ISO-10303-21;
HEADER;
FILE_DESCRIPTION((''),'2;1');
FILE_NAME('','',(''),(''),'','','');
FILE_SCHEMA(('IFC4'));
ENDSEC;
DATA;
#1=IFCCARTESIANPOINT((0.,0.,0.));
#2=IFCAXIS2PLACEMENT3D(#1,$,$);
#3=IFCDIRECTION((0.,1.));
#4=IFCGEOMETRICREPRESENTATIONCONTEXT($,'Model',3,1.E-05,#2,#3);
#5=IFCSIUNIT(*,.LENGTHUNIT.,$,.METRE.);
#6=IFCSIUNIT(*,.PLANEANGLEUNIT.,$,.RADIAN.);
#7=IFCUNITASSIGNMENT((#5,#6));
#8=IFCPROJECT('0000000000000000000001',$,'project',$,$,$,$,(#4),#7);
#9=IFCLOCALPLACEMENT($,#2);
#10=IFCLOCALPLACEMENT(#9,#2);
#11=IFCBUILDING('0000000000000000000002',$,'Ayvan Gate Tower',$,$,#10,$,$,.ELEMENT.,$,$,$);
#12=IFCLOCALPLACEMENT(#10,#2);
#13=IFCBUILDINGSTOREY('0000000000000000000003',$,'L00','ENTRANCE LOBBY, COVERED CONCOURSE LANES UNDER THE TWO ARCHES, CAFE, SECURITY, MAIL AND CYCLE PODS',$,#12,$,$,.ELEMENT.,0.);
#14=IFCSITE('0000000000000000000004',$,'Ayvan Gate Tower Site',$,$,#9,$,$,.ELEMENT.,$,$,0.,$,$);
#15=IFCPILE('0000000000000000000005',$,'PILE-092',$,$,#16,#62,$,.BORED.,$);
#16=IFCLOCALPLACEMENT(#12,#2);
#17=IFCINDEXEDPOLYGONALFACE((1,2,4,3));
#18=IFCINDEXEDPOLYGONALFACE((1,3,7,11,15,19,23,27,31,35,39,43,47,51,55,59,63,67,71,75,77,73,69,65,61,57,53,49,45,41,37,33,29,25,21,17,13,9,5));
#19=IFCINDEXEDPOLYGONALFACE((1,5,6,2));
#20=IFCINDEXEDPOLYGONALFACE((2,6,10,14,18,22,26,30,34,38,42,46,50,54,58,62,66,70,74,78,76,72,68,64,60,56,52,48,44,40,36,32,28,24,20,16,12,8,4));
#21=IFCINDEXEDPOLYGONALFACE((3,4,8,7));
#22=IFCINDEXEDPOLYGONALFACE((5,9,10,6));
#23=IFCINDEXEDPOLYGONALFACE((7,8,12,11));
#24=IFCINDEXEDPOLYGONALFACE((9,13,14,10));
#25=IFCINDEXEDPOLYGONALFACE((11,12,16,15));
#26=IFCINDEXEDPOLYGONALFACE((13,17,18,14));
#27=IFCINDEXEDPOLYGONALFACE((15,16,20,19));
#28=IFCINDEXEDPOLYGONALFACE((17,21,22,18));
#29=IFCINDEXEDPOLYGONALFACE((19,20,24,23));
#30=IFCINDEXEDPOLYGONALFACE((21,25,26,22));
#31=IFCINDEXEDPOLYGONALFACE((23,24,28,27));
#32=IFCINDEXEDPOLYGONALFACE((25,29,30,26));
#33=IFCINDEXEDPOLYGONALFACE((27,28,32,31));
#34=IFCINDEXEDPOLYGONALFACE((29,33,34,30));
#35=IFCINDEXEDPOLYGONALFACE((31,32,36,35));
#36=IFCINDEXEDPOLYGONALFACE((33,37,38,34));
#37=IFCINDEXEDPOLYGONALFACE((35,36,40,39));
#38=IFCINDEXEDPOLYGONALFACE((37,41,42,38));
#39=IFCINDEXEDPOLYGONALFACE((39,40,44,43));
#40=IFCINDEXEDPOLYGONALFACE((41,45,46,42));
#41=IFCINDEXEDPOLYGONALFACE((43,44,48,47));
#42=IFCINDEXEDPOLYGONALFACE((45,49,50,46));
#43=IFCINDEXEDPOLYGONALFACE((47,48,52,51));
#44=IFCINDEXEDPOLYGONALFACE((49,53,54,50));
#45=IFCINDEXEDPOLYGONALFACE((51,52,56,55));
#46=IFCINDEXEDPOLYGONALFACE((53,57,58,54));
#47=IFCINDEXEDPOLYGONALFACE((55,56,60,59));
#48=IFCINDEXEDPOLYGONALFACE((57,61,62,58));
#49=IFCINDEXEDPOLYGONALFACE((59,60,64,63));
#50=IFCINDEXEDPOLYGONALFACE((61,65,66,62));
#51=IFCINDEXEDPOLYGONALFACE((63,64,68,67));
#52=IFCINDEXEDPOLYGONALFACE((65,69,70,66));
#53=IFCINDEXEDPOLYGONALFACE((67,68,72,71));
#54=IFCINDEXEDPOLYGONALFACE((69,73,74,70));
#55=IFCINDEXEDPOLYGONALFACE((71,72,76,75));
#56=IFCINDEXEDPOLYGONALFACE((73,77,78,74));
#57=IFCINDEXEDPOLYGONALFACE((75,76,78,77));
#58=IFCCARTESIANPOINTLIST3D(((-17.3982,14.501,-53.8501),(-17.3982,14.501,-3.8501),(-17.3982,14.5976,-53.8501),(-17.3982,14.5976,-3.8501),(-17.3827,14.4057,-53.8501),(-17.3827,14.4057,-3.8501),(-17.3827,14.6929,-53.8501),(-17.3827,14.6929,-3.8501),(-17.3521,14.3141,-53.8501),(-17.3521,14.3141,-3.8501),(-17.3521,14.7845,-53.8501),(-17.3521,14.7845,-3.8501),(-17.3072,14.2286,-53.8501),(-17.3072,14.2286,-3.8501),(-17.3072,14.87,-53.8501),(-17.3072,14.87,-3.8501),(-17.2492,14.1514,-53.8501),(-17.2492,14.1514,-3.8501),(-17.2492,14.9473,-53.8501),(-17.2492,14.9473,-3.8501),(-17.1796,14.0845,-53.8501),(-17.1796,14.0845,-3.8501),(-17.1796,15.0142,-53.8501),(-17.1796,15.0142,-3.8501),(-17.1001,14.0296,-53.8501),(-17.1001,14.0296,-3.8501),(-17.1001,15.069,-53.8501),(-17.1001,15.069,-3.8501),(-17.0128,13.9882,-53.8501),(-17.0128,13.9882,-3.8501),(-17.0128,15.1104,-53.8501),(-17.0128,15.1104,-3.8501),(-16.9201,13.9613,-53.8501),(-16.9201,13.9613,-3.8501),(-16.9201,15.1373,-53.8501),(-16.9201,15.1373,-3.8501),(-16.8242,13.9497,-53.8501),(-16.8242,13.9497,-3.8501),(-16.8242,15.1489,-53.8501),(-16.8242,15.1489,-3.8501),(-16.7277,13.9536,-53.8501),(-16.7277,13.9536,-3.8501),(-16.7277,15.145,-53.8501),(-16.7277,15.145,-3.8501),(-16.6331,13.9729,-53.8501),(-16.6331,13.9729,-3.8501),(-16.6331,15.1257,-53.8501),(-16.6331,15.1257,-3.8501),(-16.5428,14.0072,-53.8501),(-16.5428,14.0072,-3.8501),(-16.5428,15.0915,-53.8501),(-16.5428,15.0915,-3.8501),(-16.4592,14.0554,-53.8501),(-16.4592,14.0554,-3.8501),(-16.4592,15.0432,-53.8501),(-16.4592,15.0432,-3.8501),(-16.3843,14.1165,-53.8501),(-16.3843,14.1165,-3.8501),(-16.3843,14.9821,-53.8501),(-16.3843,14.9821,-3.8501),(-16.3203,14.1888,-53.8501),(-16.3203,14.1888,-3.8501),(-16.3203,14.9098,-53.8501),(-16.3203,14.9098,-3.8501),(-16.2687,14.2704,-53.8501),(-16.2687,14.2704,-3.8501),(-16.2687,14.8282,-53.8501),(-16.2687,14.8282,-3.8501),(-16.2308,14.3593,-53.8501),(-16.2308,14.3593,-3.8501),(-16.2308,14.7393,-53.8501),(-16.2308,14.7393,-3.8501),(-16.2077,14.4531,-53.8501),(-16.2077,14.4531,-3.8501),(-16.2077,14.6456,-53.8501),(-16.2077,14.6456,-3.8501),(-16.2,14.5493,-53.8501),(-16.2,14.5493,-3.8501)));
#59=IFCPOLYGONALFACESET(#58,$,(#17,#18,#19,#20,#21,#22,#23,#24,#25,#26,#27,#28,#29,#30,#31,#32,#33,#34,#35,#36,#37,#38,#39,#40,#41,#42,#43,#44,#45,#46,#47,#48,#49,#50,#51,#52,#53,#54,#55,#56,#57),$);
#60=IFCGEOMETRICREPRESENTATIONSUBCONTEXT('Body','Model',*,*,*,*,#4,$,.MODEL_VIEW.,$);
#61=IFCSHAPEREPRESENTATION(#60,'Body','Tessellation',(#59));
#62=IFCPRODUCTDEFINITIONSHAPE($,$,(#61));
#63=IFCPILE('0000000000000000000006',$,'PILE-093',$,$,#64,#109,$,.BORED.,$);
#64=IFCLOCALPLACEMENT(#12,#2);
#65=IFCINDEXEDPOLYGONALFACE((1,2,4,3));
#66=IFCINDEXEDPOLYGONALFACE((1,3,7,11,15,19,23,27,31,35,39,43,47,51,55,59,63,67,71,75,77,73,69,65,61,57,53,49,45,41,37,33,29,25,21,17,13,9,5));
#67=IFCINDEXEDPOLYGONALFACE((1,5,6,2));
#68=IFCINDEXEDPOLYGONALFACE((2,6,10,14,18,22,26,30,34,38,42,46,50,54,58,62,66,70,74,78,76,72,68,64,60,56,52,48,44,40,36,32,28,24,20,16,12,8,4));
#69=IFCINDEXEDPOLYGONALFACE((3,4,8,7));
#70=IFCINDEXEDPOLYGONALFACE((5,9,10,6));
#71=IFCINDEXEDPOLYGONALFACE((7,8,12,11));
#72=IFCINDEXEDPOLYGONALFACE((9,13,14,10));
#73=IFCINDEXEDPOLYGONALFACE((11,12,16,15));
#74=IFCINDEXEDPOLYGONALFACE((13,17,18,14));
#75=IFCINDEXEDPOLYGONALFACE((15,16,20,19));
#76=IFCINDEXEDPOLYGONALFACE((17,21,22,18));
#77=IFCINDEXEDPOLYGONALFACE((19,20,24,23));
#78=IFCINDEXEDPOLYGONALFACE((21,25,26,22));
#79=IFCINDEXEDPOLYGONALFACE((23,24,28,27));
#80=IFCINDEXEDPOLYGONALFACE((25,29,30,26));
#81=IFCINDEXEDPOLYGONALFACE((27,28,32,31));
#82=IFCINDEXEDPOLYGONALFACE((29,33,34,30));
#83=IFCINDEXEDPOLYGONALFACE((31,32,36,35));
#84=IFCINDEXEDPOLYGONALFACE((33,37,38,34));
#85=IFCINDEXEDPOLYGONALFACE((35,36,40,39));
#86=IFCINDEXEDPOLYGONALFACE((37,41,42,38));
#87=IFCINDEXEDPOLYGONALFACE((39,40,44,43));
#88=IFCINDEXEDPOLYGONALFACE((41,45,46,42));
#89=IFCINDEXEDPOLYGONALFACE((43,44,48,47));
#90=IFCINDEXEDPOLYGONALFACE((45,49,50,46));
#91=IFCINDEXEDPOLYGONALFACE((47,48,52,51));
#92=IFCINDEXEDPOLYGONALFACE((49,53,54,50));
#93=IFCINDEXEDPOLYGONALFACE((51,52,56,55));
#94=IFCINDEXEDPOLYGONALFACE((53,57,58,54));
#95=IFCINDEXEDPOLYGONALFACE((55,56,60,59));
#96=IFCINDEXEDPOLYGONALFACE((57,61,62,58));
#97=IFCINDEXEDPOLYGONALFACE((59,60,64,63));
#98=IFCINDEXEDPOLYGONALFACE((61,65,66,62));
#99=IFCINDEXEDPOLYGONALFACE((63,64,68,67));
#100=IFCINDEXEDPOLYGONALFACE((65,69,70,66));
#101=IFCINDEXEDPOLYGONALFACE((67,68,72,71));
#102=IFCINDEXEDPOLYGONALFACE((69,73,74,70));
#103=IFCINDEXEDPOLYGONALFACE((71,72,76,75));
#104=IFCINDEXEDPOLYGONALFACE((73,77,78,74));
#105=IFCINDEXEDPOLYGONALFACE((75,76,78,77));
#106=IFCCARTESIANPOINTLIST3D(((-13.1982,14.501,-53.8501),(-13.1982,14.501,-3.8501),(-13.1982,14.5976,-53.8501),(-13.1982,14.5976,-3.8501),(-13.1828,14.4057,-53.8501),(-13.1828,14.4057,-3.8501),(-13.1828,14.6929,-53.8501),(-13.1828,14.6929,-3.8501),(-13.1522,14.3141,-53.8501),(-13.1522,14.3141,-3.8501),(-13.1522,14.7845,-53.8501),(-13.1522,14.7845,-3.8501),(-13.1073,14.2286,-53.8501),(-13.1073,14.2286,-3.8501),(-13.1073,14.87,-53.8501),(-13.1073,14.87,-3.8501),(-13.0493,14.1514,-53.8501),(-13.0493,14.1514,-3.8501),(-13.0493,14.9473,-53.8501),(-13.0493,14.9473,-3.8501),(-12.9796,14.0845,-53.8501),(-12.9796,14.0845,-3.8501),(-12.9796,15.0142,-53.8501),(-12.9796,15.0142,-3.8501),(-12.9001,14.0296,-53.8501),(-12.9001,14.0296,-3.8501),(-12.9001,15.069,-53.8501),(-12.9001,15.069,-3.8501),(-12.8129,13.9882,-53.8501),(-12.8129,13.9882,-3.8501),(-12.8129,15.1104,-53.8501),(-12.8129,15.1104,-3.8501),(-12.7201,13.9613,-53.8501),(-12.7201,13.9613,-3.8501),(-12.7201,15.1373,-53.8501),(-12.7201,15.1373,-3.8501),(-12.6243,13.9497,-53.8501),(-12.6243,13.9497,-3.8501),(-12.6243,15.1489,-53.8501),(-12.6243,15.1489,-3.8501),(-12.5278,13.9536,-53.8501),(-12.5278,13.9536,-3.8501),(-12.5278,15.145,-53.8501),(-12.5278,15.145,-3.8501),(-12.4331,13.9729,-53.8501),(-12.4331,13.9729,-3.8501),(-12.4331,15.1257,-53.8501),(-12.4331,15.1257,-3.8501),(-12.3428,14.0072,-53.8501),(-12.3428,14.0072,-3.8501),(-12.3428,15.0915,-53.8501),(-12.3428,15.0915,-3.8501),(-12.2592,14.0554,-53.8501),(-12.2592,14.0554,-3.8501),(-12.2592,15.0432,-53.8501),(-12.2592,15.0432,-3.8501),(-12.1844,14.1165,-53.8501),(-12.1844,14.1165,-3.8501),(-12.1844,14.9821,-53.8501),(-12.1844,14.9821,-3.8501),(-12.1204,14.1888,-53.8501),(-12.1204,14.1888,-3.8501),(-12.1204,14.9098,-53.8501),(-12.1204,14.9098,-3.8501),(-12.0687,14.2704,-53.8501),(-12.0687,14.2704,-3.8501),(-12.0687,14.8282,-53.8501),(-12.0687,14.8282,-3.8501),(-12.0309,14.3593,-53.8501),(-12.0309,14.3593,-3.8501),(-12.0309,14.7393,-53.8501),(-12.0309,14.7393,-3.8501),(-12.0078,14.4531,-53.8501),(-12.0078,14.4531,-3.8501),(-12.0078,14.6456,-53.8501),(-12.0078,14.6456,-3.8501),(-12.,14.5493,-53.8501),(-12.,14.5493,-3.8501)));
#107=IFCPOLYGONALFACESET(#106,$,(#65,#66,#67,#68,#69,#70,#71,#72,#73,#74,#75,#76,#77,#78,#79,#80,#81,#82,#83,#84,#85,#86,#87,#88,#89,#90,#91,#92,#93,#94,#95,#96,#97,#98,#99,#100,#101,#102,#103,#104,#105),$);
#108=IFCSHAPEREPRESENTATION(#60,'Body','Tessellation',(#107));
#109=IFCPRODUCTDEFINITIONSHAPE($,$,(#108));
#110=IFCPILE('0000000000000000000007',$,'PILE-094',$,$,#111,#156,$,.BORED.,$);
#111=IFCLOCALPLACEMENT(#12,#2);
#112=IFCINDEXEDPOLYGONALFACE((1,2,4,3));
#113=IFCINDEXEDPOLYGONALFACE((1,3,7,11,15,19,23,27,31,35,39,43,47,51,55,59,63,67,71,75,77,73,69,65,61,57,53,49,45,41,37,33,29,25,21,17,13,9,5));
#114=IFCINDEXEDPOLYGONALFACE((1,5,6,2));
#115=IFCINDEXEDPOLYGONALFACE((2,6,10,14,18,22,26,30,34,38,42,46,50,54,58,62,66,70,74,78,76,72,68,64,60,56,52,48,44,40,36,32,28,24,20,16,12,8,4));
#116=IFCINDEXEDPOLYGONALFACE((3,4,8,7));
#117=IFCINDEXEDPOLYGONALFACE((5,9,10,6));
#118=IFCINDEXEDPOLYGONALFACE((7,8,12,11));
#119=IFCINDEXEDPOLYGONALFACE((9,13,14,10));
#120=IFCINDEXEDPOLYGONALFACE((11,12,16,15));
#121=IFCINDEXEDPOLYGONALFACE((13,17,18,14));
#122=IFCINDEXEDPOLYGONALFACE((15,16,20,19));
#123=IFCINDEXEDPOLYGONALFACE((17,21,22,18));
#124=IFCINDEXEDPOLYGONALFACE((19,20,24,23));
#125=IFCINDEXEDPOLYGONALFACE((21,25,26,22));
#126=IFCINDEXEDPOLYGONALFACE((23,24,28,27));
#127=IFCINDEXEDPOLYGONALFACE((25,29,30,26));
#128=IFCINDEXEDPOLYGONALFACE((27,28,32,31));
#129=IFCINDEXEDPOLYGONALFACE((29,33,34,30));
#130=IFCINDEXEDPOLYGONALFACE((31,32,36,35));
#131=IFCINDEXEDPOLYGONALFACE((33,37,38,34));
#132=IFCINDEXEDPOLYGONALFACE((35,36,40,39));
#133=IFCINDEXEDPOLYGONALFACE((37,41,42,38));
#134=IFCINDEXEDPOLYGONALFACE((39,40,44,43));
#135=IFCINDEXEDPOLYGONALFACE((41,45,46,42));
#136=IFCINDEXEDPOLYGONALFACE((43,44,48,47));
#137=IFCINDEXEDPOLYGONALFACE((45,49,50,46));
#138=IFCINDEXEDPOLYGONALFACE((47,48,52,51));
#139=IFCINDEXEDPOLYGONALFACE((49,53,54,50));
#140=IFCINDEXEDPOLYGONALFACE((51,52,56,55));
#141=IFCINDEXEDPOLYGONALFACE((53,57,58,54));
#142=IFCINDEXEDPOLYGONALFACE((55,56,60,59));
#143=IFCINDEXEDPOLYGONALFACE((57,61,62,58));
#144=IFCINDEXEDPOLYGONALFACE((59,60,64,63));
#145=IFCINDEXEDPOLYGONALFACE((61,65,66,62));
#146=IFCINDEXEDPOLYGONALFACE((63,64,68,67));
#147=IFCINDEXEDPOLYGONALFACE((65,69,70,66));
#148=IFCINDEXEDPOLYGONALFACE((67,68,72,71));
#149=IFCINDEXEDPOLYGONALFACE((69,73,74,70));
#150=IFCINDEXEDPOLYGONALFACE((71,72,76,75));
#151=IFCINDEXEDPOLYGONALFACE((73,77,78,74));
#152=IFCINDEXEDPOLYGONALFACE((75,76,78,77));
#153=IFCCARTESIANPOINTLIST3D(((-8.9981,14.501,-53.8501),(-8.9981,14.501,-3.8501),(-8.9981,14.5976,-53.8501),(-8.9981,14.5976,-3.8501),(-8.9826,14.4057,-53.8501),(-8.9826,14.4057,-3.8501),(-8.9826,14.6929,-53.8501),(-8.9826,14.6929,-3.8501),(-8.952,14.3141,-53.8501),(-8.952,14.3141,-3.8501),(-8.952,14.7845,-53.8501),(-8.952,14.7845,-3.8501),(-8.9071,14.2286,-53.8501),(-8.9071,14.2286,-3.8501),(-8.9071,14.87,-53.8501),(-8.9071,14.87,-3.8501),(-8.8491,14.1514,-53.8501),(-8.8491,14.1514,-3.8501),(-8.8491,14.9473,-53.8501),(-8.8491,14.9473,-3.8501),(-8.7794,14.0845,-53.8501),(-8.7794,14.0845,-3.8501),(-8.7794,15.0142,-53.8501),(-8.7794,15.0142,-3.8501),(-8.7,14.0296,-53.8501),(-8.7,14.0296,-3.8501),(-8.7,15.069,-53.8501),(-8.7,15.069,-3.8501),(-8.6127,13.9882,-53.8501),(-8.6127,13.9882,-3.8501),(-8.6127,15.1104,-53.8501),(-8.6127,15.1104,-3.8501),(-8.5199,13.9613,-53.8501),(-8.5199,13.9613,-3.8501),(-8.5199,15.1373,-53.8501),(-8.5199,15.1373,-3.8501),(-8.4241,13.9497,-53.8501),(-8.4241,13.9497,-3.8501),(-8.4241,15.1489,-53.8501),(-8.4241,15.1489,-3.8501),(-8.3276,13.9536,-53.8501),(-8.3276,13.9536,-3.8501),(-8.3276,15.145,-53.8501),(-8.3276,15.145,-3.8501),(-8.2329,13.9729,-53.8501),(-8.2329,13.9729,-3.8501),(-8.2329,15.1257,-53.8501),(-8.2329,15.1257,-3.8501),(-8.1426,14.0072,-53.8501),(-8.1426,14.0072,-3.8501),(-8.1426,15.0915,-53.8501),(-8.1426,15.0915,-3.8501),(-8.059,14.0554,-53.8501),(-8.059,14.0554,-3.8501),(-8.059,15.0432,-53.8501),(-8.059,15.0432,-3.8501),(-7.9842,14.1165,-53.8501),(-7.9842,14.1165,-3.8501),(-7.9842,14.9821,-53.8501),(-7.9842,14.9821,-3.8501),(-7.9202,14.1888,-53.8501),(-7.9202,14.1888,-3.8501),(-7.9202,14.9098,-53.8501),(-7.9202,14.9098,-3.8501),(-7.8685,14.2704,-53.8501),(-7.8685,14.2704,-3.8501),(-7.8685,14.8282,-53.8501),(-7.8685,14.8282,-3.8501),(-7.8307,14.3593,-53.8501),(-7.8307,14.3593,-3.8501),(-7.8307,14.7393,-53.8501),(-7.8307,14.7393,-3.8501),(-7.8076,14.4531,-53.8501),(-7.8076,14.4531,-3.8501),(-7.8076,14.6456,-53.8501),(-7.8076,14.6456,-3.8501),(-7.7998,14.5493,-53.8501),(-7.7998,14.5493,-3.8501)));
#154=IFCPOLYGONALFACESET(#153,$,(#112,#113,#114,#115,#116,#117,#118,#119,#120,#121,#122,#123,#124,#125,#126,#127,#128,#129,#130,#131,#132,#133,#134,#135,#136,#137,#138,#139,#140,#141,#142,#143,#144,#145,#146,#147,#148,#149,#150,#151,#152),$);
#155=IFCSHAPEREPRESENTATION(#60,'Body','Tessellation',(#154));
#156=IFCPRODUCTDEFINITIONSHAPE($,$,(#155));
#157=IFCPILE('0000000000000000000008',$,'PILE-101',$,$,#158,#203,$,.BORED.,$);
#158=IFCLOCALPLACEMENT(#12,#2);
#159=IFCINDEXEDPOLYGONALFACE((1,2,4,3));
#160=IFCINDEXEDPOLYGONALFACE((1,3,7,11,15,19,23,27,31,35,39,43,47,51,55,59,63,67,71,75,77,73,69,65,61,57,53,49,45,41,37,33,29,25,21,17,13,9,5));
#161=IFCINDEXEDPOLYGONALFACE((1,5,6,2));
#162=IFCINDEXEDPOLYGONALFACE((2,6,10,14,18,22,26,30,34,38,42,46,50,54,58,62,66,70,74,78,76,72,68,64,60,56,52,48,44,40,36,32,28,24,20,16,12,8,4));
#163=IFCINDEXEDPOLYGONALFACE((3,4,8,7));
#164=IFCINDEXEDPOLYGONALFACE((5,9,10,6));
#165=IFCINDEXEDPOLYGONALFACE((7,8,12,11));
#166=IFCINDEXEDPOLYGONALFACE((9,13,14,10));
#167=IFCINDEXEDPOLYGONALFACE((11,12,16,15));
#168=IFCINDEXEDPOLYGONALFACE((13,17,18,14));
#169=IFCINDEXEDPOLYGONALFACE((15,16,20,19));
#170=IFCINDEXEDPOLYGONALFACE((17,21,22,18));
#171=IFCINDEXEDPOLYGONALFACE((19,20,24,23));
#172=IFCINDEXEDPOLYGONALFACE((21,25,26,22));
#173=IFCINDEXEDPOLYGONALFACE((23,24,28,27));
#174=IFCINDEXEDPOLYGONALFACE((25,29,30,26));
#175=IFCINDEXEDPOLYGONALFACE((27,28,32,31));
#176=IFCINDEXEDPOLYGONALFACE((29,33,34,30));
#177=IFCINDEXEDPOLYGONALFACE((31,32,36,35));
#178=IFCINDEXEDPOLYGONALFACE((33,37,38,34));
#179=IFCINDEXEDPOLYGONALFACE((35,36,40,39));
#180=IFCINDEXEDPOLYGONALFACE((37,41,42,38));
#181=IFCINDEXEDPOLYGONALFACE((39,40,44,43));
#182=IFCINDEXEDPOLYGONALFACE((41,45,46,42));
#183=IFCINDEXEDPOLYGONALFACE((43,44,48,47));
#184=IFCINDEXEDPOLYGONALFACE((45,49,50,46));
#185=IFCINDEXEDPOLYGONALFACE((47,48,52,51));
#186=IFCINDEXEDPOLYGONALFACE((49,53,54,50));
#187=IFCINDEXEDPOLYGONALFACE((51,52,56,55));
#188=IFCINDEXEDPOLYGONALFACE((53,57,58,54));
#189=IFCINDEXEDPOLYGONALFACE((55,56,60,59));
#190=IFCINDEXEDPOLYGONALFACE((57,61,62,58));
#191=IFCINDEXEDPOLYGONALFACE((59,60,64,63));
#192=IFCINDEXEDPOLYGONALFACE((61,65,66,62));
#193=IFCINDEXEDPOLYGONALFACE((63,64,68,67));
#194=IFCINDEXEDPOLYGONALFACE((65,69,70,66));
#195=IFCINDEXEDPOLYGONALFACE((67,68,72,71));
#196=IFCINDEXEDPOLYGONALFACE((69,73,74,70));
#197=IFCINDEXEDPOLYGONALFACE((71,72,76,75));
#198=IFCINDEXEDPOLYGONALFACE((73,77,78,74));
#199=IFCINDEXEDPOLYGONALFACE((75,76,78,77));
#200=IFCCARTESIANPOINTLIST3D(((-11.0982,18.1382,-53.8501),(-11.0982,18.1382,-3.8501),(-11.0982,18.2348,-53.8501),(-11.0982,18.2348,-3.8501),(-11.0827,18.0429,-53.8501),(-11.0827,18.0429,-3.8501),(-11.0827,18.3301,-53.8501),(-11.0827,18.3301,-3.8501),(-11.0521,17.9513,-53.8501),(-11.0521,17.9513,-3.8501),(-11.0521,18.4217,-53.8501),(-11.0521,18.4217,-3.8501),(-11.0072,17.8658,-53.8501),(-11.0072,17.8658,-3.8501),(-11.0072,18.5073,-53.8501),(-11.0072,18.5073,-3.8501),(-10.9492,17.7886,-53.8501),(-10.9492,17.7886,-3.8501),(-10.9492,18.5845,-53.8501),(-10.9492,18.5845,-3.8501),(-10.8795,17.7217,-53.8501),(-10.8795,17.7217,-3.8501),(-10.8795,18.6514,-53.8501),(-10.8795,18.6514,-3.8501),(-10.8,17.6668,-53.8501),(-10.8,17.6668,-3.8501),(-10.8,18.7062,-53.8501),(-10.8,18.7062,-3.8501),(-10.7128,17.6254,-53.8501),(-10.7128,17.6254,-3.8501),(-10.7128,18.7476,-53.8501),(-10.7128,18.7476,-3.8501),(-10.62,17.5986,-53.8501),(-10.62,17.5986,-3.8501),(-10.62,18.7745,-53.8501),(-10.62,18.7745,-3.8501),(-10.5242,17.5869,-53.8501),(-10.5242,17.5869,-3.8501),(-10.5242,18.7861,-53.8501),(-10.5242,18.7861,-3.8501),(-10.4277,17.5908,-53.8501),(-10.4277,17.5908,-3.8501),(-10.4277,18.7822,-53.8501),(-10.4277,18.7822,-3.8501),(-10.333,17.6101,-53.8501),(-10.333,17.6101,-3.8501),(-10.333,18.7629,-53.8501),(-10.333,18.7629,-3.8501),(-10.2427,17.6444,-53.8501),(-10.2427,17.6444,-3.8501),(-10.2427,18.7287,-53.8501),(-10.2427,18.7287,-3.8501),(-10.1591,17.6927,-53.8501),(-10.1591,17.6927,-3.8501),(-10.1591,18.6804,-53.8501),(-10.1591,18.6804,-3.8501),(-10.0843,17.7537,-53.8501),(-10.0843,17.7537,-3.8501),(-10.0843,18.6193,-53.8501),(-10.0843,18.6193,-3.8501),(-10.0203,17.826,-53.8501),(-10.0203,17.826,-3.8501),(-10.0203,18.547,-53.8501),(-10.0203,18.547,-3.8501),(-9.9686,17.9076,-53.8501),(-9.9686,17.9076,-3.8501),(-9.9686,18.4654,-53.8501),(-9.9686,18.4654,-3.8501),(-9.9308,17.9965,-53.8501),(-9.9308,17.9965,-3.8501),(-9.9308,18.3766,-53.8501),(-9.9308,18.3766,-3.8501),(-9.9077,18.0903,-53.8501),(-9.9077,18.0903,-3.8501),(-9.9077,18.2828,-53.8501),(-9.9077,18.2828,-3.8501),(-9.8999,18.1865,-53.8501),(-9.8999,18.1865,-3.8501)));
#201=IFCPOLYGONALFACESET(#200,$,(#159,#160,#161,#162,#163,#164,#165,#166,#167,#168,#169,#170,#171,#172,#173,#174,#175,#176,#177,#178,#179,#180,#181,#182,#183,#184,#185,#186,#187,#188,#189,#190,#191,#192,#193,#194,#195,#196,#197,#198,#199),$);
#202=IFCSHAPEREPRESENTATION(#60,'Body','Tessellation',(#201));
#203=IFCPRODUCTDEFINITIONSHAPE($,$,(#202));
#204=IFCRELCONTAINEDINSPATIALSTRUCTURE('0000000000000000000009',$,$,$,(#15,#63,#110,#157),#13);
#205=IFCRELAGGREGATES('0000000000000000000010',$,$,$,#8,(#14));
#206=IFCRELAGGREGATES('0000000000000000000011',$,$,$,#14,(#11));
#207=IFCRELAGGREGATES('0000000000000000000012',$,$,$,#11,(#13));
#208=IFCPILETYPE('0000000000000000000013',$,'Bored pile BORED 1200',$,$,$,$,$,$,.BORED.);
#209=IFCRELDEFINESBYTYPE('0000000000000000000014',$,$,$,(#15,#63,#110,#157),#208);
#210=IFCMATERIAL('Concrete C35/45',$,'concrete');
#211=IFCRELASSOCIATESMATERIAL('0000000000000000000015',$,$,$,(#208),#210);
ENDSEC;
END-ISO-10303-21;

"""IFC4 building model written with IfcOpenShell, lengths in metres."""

from ifc_helpers import new_model, si_unit, direction, frame, origin, origin_2d, place, context, subcontext, project, spatial, circle, extrude, material, material_profile, profile_set, type_object, element, save


model = new_model("IFC4")

# Units and contexts
model_context = context("Model", 3, precision=1e-05, world=origin(), true_north=direction((0.0, 1.0)))
body_context = subcontext(model_context, "Body", "Model", "MODEL_VIEW")
ifc_project = project(units=[si_unit("LENGTHUNIT", "METRE"), si_unit("PLANEANGLEUNIT", "RADIAN")], contexts=[model_context])

# Site, building, storey
site_placement = place(None, origin())
site = spatial("IfcSite", under=ifc_project, at=site_placement, Name="Ayvan Gate Tower Site", CompositionType="ELEMENT", RefElevation=0.0)
building_placement = place(site_placement, origin())
building = spatial("IfcBuilding", under=site, at=building_placement, Name="Ayvan Gate Tower", CompositionType="ELEMENT")
storey_placement = place(building_placement, origin())
storey = spatial("IfcBuildingStorey", under=building, at=storey_placement, Name="L00", Description="ENTRANCE LOBBY, COVERED CONCOURSE LANES UNDER THE TWO ARCHES, CAFE, SECURITY, MAIL AND CYCLE PODS", CompositionType="ELEMENT", Elevation=0.0)

# Piles
ifc_material_1 = material(Name="Concrete C35/45", Category="concrete")
ifc_material_profile_1 = material_profile(ifc_material_1, circle(Radius=0.6001, at=origin_2d()), Name="BORED 1200")
ifc_profile_set_1 = profile_set([ifc_material_profile_1], Name="Concrete C35/45")
pile_type = type_object("IfcPileType", Name="Bored pile BORED 1200", PredefinedType="BORED", material=ifc_profile_set_1)
for number, where, z_axis, x_axis, name in (
    (1, (-16.8, 14.5493, -3.8501), (0.0, 0.0, -1.0), (1.0, 0.0, 0.0), "PILE-092"),
    (2, (-12.6001, 14.5493, -3.8501), (0.0, 0.0, -1.0), (1.0, 0.0, 0.0), "PILE-093"),
    (3, (-8.3999, 14.5493, -3.8501), (0.0, 0.0, -1.0), (1.0, 0.0, 0.0), "PILE-094"),
    (4, (-10.5, 18.1865, -3.8501), (0.0, 0.0, -1.0), (1.0, 0.0, 0.0), "PILE-101"),
):
    element("IfcPile", number, at=place(storey_placement, frame(where, z_axis=z_axis, x_axis=x_axis)), inside=storey, type_object=pile_type, Name=name, PredefinedType="BORED", context=body_context, shape_type="SweptSolid", body=[
        extrude(circle(Radius=0.6001, at=origin_2d()), origin(), (0.0, 0.0, 1.0), 50.0),
    ])

save(model, "model.ifc")
